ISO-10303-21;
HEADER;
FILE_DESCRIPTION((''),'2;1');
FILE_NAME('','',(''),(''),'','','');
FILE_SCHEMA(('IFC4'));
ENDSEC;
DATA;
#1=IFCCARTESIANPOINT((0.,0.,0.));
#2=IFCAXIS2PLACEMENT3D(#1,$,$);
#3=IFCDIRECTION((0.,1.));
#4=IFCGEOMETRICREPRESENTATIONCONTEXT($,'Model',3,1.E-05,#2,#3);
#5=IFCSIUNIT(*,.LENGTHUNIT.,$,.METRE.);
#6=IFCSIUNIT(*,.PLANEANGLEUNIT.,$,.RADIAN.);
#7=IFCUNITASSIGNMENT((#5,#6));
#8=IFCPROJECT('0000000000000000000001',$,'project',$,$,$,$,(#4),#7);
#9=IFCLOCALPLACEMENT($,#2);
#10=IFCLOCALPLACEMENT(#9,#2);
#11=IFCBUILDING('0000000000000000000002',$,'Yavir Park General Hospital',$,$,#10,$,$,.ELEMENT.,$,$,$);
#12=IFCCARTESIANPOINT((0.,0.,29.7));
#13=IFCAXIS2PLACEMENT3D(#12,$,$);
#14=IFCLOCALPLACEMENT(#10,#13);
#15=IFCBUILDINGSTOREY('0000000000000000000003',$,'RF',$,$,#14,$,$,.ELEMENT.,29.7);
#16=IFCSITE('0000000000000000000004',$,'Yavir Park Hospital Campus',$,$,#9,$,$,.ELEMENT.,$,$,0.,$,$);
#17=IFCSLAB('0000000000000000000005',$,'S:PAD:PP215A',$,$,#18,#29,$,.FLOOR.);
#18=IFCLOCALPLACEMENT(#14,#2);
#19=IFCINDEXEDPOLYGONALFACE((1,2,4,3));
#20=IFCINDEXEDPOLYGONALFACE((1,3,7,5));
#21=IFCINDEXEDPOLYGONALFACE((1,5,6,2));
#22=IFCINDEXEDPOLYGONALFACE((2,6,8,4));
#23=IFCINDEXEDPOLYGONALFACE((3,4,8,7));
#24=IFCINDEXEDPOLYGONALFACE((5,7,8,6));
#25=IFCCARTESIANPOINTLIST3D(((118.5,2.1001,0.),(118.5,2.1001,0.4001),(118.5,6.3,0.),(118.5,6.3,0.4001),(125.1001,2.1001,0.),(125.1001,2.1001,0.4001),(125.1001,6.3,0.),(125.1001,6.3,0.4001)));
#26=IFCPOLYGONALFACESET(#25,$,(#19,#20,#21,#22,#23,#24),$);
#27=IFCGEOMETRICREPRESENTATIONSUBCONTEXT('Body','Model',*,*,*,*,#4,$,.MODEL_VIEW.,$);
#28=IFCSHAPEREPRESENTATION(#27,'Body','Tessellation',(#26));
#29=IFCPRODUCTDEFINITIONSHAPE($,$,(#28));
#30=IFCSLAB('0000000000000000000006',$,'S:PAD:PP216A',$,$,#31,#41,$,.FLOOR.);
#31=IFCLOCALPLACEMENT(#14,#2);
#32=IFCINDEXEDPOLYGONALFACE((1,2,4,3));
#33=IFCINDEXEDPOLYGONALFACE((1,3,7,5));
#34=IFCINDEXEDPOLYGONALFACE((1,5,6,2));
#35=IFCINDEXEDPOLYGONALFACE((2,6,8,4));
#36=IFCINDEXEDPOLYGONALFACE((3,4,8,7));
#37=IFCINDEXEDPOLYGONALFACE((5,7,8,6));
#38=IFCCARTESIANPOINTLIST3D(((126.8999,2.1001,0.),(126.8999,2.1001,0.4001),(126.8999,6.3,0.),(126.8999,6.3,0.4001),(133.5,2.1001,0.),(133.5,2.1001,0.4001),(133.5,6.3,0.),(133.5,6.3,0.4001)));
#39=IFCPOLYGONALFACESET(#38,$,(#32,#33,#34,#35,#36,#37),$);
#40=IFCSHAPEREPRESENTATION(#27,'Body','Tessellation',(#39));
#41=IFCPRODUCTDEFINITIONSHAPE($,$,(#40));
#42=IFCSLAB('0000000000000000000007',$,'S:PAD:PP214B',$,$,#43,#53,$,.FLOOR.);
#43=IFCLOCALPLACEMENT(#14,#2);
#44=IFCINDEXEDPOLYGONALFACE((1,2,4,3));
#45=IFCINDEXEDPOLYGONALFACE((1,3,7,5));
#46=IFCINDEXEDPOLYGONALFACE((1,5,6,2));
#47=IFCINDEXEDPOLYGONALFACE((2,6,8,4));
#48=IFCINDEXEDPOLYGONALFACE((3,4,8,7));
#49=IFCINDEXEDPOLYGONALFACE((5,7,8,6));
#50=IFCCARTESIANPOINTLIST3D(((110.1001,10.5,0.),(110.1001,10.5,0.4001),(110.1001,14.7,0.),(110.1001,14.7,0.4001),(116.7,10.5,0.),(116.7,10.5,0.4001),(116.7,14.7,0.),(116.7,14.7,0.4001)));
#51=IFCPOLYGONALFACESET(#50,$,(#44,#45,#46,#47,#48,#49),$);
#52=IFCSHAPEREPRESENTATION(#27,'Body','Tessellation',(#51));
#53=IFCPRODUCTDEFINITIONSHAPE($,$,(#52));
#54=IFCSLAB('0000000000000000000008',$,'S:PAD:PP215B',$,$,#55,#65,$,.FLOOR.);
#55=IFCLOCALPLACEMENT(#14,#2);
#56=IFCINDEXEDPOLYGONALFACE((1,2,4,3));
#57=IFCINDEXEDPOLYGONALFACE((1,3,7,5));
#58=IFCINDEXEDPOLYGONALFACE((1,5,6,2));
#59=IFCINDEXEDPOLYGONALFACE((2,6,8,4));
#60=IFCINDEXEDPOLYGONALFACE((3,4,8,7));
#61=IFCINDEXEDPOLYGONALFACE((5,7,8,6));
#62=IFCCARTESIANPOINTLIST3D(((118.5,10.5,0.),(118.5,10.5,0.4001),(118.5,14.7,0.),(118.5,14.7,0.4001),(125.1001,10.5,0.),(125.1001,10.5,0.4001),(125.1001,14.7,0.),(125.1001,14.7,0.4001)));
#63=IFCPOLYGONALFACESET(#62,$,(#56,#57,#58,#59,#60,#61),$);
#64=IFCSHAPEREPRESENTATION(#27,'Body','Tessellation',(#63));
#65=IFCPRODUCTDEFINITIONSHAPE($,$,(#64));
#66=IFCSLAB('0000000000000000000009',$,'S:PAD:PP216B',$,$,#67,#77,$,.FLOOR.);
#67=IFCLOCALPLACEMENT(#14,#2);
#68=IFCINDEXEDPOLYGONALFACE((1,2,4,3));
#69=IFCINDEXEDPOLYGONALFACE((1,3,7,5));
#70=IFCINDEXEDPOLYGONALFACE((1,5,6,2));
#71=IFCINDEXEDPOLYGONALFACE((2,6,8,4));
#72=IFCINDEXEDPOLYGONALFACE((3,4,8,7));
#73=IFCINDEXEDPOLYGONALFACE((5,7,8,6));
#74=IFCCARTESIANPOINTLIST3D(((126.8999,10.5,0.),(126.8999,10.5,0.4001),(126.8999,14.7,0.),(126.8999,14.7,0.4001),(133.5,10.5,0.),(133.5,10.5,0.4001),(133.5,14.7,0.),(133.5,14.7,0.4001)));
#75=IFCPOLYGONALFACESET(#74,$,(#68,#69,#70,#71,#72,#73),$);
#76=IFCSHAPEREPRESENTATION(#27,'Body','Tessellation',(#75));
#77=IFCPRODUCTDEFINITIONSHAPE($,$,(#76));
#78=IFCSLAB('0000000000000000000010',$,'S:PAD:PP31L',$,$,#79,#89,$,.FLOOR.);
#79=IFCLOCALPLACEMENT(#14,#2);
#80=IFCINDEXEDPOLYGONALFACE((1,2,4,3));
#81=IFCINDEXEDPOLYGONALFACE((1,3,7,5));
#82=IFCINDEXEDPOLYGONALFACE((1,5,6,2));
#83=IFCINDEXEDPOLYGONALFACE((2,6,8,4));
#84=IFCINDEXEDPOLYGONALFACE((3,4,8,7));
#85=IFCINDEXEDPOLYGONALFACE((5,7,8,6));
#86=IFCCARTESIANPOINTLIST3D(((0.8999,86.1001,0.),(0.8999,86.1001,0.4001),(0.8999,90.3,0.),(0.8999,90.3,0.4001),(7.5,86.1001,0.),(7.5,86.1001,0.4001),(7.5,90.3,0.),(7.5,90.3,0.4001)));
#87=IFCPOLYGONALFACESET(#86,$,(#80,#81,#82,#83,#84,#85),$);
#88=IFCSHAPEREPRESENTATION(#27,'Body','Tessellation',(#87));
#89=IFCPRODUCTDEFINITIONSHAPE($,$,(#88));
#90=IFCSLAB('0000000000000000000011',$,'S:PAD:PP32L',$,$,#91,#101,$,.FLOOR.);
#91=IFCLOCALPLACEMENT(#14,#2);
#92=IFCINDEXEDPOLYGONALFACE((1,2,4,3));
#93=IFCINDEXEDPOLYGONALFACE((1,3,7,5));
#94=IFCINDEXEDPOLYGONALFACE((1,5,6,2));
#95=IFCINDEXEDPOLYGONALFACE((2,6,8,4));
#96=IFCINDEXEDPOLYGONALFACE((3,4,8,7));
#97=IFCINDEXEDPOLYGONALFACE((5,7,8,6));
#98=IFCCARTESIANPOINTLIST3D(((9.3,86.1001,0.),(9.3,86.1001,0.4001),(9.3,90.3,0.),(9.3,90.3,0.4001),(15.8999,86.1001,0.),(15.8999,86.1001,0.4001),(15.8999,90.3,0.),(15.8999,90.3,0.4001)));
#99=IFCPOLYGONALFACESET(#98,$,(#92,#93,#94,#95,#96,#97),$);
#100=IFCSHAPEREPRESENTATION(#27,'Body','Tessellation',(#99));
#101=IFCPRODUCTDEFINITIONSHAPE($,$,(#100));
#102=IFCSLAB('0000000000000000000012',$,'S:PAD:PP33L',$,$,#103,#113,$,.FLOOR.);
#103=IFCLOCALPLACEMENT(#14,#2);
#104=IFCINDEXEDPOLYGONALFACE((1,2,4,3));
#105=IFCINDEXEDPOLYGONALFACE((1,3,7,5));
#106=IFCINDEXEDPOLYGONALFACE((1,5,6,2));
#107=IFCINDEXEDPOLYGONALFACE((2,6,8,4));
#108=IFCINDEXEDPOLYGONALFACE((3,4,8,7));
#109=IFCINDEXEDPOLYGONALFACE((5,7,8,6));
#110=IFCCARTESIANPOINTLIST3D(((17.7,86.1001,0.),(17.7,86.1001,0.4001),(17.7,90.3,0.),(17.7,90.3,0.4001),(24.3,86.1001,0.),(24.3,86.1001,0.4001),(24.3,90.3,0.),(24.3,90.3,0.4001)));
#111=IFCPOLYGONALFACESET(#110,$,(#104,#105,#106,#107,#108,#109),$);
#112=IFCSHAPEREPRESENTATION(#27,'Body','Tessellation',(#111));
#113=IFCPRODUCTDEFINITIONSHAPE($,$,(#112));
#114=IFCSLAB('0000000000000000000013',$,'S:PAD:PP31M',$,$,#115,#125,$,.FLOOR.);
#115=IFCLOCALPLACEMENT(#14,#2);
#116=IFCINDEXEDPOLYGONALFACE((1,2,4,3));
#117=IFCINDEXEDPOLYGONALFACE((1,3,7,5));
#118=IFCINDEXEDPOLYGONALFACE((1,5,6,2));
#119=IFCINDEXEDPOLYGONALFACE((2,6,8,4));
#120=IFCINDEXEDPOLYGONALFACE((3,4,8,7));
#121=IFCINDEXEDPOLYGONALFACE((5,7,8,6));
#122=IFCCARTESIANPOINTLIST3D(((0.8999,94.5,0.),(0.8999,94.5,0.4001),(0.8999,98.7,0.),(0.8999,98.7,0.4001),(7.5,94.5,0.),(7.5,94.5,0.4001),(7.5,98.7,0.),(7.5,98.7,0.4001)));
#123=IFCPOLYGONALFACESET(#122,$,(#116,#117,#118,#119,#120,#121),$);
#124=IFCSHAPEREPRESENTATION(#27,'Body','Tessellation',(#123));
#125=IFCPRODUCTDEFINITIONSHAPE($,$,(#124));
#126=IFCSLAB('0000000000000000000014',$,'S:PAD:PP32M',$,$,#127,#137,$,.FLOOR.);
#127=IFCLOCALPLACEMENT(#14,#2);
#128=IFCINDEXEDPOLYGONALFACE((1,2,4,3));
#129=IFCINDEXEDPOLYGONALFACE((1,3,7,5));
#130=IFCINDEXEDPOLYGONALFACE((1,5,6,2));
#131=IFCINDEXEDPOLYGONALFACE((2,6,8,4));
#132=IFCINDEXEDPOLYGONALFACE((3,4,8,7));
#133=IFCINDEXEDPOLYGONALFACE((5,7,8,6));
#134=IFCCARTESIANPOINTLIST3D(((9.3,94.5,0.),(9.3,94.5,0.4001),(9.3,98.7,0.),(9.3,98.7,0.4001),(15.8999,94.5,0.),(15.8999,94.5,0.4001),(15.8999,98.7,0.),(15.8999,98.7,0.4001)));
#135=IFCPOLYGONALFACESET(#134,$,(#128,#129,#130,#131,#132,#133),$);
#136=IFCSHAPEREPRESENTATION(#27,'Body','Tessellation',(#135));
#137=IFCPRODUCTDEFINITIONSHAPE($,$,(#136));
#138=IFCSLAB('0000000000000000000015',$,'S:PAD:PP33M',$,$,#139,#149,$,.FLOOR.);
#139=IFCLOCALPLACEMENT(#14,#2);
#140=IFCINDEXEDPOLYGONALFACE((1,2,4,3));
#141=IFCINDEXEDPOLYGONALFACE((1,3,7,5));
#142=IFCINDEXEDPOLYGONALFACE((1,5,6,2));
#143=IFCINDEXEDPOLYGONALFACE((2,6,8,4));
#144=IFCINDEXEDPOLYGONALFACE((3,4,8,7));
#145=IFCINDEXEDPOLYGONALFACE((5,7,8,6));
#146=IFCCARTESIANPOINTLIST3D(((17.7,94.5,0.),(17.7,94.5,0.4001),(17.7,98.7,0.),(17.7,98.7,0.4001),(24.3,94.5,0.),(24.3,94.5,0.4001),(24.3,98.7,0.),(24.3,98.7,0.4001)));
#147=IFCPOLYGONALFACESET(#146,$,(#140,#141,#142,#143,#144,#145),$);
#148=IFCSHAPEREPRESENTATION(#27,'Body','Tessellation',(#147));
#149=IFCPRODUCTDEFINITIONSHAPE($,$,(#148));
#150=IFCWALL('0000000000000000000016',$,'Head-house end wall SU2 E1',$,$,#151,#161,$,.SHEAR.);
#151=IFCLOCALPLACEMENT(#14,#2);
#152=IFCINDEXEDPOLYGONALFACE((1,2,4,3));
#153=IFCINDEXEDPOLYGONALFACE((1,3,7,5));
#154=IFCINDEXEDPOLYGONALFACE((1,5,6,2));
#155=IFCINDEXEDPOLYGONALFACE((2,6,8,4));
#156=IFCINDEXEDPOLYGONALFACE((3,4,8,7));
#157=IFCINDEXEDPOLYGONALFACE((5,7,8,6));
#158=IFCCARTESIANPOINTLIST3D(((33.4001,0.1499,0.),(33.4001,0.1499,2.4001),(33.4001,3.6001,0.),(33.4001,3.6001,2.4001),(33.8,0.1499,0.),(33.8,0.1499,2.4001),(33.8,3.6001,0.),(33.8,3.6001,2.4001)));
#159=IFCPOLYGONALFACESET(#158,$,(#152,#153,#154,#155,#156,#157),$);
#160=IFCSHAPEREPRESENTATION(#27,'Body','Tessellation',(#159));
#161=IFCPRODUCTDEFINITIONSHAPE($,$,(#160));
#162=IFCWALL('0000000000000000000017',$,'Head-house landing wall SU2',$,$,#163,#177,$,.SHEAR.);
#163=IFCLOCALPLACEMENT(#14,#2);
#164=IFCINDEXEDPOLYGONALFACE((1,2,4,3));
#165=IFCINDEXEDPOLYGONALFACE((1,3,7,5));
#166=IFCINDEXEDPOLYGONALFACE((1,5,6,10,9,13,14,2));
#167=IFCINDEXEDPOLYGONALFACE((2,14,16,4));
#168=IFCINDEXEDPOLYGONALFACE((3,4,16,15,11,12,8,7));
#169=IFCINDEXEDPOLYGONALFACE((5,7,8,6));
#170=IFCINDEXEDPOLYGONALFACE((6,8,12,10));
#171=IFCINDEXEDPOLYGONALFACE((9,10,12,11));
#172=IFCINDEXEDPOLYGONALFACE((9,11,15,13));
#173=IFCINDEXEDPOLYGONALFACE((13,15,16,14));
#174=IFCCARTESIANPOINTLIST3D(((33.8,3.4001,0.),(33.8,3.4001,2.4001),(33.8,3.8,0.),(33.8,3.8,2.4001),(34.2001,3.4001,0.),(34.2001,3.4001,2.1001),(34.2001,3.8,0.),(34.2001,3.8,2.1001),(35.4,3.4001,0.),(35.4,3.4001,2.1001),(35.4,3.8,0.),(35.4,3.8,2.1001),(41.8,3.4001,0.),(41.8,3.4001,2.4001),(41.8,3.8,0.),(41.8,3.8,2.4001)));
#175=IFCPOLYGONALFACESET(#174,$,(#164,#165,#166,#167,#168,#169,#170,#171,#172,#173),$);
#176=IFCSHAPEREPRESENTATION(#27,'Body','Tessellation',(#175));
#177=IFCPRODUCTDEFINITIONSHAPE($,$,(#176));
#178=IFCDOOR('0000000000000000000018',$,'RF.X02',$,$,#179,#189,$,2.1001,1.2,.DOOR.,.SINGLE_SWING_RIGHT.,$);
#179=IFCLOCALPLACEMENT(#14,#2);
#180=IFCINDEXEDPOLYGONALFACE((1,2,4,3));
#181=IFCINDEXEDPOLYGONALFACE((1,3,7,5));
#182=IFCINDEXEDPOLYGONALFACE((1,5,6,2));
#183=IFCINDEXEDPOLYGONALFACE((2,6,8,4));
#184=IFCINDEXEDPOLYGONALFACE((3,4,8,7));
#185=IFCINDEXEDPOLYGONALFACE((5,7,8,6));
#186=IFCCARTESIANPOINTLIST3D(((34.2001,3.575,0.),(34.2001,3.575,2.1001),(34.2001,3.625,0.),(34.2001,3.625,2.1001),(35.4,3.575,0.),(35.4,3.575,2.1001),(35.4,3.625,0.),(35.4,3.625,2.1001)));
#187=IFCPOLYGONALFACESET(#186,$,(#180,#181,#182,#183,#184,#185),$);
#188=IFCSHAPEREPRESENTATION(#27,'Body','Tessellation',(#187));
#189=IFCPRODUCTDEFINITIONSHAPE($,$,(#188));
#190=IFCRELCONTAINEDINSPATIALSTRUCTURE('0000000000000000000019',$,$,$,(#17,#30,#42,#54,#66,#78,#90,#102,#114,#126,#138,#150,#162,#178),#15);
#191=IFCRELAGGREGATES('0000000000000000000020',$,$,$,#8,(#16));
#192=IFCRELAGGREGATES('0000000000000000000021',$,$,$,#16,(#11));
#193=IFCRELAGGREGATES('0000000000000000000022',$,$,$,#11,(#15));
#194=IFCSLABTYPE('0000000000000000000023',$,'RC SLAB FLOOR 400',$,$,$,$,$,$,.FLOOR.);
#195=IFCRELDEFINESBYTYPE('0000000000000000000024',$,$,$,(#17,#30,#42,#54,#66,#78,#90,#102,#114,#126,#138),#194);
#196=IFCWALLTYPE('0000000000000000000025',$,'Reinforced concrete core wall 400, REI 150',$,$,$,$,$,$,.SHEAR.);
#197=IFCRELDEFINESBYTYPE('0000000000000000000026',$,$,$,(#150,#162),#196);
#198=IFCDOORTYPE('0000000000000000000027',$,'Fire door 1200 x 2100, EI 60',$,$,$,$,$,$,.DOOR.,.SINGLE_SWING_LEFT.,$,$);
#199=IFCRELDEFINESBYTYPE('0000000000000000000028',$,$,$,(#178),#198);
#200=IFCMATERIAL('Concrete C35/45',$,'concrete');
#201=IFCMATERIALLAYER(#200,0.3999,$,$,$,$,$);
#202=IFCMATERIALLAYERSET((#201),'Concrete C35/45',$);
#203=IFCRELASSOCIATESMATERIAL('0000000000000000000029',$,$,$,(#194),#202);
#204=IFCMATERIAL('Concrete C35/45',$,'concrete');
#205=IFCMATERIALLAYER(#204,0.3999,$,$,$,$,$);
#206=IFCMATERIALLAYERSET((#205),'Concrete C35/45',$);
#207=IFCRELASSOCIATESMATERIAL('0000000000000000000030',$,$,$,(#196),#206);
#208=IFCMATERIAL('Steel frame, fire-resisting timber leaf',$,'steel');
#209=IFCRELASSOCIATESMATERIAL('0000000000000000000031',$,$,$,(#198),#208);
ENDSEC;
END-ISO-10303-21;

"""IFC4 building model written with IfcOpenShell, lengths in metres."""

from ifc_helpers import new_model, si_unit, direction, frame, frame_2d, origin, place, context, subcontext, project, spatial, polyline, rectangle, outline, extrude, material, layer, layer_set, type_object, element, fill, save


model = new_model("IFC4")

# Units and contexts
model_context = context("Model", 3, precision=1e-05, world=origin(), true_north=direction((0.0, 1.0)))
body_context = subcontext(model_context, "Body", "Model", "MODEL_VIEW")
ifc_project = project(units=[si_unit("LENGTHUNIT", "METRE"), si_unit("PLANEANGLEUNIT", "RADIAN")], contexts=[model_context])

# Site, building, storey
site_placement = place(None, origin())
site = spatial("IfcSite", under=ifc_project, at=site_placement, Name="Yavir Park Hospital Campus", CompositionType="ELEMENT", RefElevation=0.0)
building_placement = place(site_placement, origin())
building = spatial("IfcBuilding", under=site, at=building_placement, Name="Yavir Park General Hospital", CompositionType="ELEMENT")
storey_placement = place(building_placement, frame((0.0, 0.0, 29.7)))
storey = spatial("IfcBuildingStorey", under=building, at=storey_placement, Name="RF", CompositionType="ELEMENT", Elevation=29.7)

# Slabs
ifc_material_1 = material(Name="Concrete C35/45", Category="concrete")
ifc_layer_1 = layer(ifc_material_1, 0.3999)
ifc_layer_set_1 = layer_set([ifc_layer_1], Name="Concrete C35/45")
slab_type = type_object("IfcSlabType", Name="RC SLAB FLOOR 400", PredefinedType="FLOOR", material=ifc_layer_set_1)
slab_1_placement = place(storey_placement, origin())
element("IfcSlab", 1, at=slab_1_placement, inside=storey, type_object=slab_type, Name="S:PAD:PP215A", PredefinedType="FLOOR", context=body_context, shape_type="SweptSolid", body=[
    extrude(outline(polyline([(125.1001, 2.1001), (125.1001, 6.3), (118.5, 6.3), (118.5, 2.1001), (125.1001, 2.1001)])), origin(), (0.0, 0.0, 1.0), 0.4001),
])
slab_2_placement = place(storey_placement, origin())
element("IfcSlab", 2, at=slab_2_placement, inside=storey, type_object=slab_type, Name="S:PAD:PP216A", PredefinedType="FLOOR", context=body_context, shape_type="SweptSolid", body=[
    extrude(outline(polyline([(133.5, 2.1001), (133.5, 6.3), (126.8999, 6.3), (126.8999, 2.1001), (133.5, 2.1001)])), origin(), (0.0, 0.0, 1.0), 0.4001),
])
slab_3_placement = place(storey_placement, origin())
element("IfcSlab", 3, at=slab_3_placement, inside=storey, type_object=slab_type, Name="S:PAD:PP214B", PredefinedType="FLOOR", context=body_context, shape_type="SweptSolid", body=[
    extrude(outline(polyline([(116.7, 10.5), (116.7, 14.7), (110.1001, 14.7), (110.1001, 10.5), (116.7, 10.5)])), origin(), (0.0, 0.0, 1.0), 0.4001),
])
slab_4_placement = place(storey_placement, origin())
element("IfcSlab", 4, at=slab_4_placement, inside=storey, type_object=slab_type, Name="S:PAD:PP215B", PredefinedType="FLOOR", context=body_context, shape_type="SweptSolid", body=[
    extrude(outline(polyline([(125.1001, 10.5), (125.1001, 14.7), (118.5, 14.7), (118.5, 10.5), (125.1001, 10.5)])), origin(), (0.0, 0.0, 1.0), 0.4001),
])
slab_5_placement = place(storey_placement, origin())
element("IfcSlab", 5, at=slab_5_placement, inside=storey, type_object=slab_type, Name="S:PAD:PP216B", PredefinedType="FLOOR", context=body_context, shape_type="SweptSolid", body=[
    extrude(outline(polyline([(133.5, 10.5), (133.5, 14.7), (126.8999, 14.7), (126.8999, 10.5), (133.5, 10.5)])), origin(), (0.0, 0.0, 1.0), 0.4001),
])
slab_6_placement = place(storey_placement, origin())
element("IfcSlab", 6, at=slab_6_placement, inside=storey, type_object=slab_type, Name="S:PAD:PP31L", PredefinedType="FLOOR", context=body_context, shape_type="SweptSolid", body=[
    extrude(outline(polyline([(7.5, 86.1001), (7.5, 90.3), (0.8999, 90.3), (0.8999, 86.1001), (7.5, 86.1001)])), origin(), (0.0, 0.0, 1.0), 0.4001),
])
slab_7_placement = place(storey_placement, origin())
element("IfcSlab", 7, at=slab_7_placement, inside=storey, type_object=slab_type, Name="S:PAD:PP32L", PredefinedType="FLOOR", context=body_context, shape_type="SweptSolid", body=[
    extrude(outline(polyline([(15.8999, 86.1001), (15.8999, 90.3), (9.3, 90.3), (9.3, 86.1001), (15.8999, 86.1001)])), origin(), (0.0, 0.0, 1.0), 0.4001),
])
slab_8_placement = place(storey_placement, origin())
element("IfcSlab", 8, at=slab_8_placement, inside=storey, type_object=slab_type, Name="S:PAD:PP33L", PredefinedType="FLOOR", context=body_context, shape_type="SweptSolid", body=[
    extrude(outline(polyline([(24.3, 86.1001), (24.3, 90.3), (17.7, 90.3), (17.7, 86.1001), (24.3, 86.1001)])), origin(), (0.0, 0.0, 1.0), 0.4001),
])
slab_9_placement = place(storey_placement, origin())
element("IfcSlab", 9, at=slab_9_placement, inside=storey, type_object=slab_type, Name="S:PAD:PP31M", PredefinedType="FLOOR", context=body_context, shape_type="SweptSolid", body=[
    extrude(outline(polyline([(7.5, 94.5), (7.5, 98.7), (0.8999, 98.7), (0.8999, 94.5), (7.5, 94.5)])), origin(), (0.0, 0.0, 1.0), 0.4001),
])
slab_10_placement = place(storey_placement, origin())
element("IfcSlab", 10, at=slab_10_placement, inside=storey, type_object=slab_type, Name="S:PAD:PP32M", PredefinedType="FLOOR", context=body_context, shape_type="SweptSolid", body=[
    extrude(outline(polyline([(15.8999, 94.5), (15.8999, 98.7), (9.3, 98.7), (9.3, 94.5), (15.8999, 94.5)])), origin(), (0.0, 0.0, 1.0), 0.4001),
])
slab_11_placement = place(storey_placement, origin())
element("IfcSlab", 11, at=slab_11_placement, inside=storey, type_object=slab_type, Name="S:PAD:PP33M", PredefinedType="FLOOR", context=body_context, shape_type="SweptSolid", body=[
    extrude(outline(polyline([(24.3, 94.5), (24.3, 98.7), (17.7, 98.7), (17.7, 94.5), (24.3, 94.5)])), origin(), (0.0, 0.0, 1.0), 0.4001),
])

# Wall
ifc_material_2 = material(Name="Concrete C35/45", Category="concrete")
ifc_layer_2 = layer(ifc_material_2, 0.3999)
ifc_layer_set_2 = layer_set([ifc_layer_2], Name="Concrete C35/45")
wall_type_1 = type_object("IfcWallType", Name="Reinforced concrete core wall 400, REI 150", PredefinedType="SHEAR", material=ifc_layer_set_2)
wall_1_placement = place(storey_placement, frame((33.6001, 0.1499, 0.0), z_axis=(0.0, 0.0, 1.0), x_axis=(0.0, 1.0, 0.0)))
element("IfcWall", 12, at=wall_1_placement, inside=storey, type_object=wall_type_1, Name="Head-house end wall SU2 E1", PredefinedType="SHEAR", context=body_context, shape_type="SweptSolid", body=[
    extrude(rectangle(XDim=3.4502, YDim=0.3999, at=frame_2d((1.7251, 0.0))), origin(), (0.0, 0.0, 1.0), 2.4001),
])

# Wall, opening, door
wall_2_placement = place(storey_placement, frame((33.8, 3.6001, 0.0), z_axis=(0.0, 0.0, 1.0), x_axis=(1.0, 0.0, 0.0)))
wall_2 = element("IfcWall", 13, at=wall_2_placement, inside=storey, type_object=wall_type_1, Name="Head-house landing wall SU2", PredefinedType="SHEAR", context=body_context, shape_type="SweptSolid", body=[
    extrude(rectangle(XDim=8.0, YDim=0.3999, at=frame_2d((4.0, 0.0))), origin(), (0.0, 0.0, 1.0), 2.4001),
])
opening_placement = place(wall_2_placement, frame((0.3999, 0.0, 0.0)))
opening = element("IfcOpeningElement", 14, at=opening_placement, cuts=wall_2, PredefinedType="OPENING", context=body_context, shape_type="SweptSolid", body=[
    extrude(rectangle(XDim=1.2, YDim=2.1001, at=frame_2d((0.6001, 1.05))), frame((0.0, 0.21, 0.0), z_axis=(0.0, -1.0, 0.0), x_axis=(1.0, 0.0, 0.0)), (0.0, 0.0, 1.0), 0.4199),
])
ifc_material_3 = material(Name="Steel frame, fire-resisting timber leaf", Category="steel")
door_type = type_object("IfcDoorType", Name="Fire door 1200 x 2100, EI 60", OperationType="SINGLE_SWING_LEFT", PredefinedType="DOOR", material=ifc_material_3)
door_placement = place(opening_placement, origin())
door = element("IfcDoor", 15, at=door_placement, inside=storey, type_object=door_type, Name="RF.X02", OperationType="SINGLE_SWING_RIGHT", OverallHeight=2.1001, OverallWidth=1.2, PredefinedType="DOOR", context=body_context, shape_type="SweptSolid", body=[
    extrude(rectangle(XDim=1.2, YDim=2.1001, at=frame_2d((0.6001, 1.05))), frame((0.0, 0.0249, 0.0), z_axis=(0.0, -1.0, 0.0), x_axis=(1.0, 0.0, 0.0)), (0.0, 0.0, 1.0), 0.05),
])
fill(opening, door)

save(model, "model.ifc")
